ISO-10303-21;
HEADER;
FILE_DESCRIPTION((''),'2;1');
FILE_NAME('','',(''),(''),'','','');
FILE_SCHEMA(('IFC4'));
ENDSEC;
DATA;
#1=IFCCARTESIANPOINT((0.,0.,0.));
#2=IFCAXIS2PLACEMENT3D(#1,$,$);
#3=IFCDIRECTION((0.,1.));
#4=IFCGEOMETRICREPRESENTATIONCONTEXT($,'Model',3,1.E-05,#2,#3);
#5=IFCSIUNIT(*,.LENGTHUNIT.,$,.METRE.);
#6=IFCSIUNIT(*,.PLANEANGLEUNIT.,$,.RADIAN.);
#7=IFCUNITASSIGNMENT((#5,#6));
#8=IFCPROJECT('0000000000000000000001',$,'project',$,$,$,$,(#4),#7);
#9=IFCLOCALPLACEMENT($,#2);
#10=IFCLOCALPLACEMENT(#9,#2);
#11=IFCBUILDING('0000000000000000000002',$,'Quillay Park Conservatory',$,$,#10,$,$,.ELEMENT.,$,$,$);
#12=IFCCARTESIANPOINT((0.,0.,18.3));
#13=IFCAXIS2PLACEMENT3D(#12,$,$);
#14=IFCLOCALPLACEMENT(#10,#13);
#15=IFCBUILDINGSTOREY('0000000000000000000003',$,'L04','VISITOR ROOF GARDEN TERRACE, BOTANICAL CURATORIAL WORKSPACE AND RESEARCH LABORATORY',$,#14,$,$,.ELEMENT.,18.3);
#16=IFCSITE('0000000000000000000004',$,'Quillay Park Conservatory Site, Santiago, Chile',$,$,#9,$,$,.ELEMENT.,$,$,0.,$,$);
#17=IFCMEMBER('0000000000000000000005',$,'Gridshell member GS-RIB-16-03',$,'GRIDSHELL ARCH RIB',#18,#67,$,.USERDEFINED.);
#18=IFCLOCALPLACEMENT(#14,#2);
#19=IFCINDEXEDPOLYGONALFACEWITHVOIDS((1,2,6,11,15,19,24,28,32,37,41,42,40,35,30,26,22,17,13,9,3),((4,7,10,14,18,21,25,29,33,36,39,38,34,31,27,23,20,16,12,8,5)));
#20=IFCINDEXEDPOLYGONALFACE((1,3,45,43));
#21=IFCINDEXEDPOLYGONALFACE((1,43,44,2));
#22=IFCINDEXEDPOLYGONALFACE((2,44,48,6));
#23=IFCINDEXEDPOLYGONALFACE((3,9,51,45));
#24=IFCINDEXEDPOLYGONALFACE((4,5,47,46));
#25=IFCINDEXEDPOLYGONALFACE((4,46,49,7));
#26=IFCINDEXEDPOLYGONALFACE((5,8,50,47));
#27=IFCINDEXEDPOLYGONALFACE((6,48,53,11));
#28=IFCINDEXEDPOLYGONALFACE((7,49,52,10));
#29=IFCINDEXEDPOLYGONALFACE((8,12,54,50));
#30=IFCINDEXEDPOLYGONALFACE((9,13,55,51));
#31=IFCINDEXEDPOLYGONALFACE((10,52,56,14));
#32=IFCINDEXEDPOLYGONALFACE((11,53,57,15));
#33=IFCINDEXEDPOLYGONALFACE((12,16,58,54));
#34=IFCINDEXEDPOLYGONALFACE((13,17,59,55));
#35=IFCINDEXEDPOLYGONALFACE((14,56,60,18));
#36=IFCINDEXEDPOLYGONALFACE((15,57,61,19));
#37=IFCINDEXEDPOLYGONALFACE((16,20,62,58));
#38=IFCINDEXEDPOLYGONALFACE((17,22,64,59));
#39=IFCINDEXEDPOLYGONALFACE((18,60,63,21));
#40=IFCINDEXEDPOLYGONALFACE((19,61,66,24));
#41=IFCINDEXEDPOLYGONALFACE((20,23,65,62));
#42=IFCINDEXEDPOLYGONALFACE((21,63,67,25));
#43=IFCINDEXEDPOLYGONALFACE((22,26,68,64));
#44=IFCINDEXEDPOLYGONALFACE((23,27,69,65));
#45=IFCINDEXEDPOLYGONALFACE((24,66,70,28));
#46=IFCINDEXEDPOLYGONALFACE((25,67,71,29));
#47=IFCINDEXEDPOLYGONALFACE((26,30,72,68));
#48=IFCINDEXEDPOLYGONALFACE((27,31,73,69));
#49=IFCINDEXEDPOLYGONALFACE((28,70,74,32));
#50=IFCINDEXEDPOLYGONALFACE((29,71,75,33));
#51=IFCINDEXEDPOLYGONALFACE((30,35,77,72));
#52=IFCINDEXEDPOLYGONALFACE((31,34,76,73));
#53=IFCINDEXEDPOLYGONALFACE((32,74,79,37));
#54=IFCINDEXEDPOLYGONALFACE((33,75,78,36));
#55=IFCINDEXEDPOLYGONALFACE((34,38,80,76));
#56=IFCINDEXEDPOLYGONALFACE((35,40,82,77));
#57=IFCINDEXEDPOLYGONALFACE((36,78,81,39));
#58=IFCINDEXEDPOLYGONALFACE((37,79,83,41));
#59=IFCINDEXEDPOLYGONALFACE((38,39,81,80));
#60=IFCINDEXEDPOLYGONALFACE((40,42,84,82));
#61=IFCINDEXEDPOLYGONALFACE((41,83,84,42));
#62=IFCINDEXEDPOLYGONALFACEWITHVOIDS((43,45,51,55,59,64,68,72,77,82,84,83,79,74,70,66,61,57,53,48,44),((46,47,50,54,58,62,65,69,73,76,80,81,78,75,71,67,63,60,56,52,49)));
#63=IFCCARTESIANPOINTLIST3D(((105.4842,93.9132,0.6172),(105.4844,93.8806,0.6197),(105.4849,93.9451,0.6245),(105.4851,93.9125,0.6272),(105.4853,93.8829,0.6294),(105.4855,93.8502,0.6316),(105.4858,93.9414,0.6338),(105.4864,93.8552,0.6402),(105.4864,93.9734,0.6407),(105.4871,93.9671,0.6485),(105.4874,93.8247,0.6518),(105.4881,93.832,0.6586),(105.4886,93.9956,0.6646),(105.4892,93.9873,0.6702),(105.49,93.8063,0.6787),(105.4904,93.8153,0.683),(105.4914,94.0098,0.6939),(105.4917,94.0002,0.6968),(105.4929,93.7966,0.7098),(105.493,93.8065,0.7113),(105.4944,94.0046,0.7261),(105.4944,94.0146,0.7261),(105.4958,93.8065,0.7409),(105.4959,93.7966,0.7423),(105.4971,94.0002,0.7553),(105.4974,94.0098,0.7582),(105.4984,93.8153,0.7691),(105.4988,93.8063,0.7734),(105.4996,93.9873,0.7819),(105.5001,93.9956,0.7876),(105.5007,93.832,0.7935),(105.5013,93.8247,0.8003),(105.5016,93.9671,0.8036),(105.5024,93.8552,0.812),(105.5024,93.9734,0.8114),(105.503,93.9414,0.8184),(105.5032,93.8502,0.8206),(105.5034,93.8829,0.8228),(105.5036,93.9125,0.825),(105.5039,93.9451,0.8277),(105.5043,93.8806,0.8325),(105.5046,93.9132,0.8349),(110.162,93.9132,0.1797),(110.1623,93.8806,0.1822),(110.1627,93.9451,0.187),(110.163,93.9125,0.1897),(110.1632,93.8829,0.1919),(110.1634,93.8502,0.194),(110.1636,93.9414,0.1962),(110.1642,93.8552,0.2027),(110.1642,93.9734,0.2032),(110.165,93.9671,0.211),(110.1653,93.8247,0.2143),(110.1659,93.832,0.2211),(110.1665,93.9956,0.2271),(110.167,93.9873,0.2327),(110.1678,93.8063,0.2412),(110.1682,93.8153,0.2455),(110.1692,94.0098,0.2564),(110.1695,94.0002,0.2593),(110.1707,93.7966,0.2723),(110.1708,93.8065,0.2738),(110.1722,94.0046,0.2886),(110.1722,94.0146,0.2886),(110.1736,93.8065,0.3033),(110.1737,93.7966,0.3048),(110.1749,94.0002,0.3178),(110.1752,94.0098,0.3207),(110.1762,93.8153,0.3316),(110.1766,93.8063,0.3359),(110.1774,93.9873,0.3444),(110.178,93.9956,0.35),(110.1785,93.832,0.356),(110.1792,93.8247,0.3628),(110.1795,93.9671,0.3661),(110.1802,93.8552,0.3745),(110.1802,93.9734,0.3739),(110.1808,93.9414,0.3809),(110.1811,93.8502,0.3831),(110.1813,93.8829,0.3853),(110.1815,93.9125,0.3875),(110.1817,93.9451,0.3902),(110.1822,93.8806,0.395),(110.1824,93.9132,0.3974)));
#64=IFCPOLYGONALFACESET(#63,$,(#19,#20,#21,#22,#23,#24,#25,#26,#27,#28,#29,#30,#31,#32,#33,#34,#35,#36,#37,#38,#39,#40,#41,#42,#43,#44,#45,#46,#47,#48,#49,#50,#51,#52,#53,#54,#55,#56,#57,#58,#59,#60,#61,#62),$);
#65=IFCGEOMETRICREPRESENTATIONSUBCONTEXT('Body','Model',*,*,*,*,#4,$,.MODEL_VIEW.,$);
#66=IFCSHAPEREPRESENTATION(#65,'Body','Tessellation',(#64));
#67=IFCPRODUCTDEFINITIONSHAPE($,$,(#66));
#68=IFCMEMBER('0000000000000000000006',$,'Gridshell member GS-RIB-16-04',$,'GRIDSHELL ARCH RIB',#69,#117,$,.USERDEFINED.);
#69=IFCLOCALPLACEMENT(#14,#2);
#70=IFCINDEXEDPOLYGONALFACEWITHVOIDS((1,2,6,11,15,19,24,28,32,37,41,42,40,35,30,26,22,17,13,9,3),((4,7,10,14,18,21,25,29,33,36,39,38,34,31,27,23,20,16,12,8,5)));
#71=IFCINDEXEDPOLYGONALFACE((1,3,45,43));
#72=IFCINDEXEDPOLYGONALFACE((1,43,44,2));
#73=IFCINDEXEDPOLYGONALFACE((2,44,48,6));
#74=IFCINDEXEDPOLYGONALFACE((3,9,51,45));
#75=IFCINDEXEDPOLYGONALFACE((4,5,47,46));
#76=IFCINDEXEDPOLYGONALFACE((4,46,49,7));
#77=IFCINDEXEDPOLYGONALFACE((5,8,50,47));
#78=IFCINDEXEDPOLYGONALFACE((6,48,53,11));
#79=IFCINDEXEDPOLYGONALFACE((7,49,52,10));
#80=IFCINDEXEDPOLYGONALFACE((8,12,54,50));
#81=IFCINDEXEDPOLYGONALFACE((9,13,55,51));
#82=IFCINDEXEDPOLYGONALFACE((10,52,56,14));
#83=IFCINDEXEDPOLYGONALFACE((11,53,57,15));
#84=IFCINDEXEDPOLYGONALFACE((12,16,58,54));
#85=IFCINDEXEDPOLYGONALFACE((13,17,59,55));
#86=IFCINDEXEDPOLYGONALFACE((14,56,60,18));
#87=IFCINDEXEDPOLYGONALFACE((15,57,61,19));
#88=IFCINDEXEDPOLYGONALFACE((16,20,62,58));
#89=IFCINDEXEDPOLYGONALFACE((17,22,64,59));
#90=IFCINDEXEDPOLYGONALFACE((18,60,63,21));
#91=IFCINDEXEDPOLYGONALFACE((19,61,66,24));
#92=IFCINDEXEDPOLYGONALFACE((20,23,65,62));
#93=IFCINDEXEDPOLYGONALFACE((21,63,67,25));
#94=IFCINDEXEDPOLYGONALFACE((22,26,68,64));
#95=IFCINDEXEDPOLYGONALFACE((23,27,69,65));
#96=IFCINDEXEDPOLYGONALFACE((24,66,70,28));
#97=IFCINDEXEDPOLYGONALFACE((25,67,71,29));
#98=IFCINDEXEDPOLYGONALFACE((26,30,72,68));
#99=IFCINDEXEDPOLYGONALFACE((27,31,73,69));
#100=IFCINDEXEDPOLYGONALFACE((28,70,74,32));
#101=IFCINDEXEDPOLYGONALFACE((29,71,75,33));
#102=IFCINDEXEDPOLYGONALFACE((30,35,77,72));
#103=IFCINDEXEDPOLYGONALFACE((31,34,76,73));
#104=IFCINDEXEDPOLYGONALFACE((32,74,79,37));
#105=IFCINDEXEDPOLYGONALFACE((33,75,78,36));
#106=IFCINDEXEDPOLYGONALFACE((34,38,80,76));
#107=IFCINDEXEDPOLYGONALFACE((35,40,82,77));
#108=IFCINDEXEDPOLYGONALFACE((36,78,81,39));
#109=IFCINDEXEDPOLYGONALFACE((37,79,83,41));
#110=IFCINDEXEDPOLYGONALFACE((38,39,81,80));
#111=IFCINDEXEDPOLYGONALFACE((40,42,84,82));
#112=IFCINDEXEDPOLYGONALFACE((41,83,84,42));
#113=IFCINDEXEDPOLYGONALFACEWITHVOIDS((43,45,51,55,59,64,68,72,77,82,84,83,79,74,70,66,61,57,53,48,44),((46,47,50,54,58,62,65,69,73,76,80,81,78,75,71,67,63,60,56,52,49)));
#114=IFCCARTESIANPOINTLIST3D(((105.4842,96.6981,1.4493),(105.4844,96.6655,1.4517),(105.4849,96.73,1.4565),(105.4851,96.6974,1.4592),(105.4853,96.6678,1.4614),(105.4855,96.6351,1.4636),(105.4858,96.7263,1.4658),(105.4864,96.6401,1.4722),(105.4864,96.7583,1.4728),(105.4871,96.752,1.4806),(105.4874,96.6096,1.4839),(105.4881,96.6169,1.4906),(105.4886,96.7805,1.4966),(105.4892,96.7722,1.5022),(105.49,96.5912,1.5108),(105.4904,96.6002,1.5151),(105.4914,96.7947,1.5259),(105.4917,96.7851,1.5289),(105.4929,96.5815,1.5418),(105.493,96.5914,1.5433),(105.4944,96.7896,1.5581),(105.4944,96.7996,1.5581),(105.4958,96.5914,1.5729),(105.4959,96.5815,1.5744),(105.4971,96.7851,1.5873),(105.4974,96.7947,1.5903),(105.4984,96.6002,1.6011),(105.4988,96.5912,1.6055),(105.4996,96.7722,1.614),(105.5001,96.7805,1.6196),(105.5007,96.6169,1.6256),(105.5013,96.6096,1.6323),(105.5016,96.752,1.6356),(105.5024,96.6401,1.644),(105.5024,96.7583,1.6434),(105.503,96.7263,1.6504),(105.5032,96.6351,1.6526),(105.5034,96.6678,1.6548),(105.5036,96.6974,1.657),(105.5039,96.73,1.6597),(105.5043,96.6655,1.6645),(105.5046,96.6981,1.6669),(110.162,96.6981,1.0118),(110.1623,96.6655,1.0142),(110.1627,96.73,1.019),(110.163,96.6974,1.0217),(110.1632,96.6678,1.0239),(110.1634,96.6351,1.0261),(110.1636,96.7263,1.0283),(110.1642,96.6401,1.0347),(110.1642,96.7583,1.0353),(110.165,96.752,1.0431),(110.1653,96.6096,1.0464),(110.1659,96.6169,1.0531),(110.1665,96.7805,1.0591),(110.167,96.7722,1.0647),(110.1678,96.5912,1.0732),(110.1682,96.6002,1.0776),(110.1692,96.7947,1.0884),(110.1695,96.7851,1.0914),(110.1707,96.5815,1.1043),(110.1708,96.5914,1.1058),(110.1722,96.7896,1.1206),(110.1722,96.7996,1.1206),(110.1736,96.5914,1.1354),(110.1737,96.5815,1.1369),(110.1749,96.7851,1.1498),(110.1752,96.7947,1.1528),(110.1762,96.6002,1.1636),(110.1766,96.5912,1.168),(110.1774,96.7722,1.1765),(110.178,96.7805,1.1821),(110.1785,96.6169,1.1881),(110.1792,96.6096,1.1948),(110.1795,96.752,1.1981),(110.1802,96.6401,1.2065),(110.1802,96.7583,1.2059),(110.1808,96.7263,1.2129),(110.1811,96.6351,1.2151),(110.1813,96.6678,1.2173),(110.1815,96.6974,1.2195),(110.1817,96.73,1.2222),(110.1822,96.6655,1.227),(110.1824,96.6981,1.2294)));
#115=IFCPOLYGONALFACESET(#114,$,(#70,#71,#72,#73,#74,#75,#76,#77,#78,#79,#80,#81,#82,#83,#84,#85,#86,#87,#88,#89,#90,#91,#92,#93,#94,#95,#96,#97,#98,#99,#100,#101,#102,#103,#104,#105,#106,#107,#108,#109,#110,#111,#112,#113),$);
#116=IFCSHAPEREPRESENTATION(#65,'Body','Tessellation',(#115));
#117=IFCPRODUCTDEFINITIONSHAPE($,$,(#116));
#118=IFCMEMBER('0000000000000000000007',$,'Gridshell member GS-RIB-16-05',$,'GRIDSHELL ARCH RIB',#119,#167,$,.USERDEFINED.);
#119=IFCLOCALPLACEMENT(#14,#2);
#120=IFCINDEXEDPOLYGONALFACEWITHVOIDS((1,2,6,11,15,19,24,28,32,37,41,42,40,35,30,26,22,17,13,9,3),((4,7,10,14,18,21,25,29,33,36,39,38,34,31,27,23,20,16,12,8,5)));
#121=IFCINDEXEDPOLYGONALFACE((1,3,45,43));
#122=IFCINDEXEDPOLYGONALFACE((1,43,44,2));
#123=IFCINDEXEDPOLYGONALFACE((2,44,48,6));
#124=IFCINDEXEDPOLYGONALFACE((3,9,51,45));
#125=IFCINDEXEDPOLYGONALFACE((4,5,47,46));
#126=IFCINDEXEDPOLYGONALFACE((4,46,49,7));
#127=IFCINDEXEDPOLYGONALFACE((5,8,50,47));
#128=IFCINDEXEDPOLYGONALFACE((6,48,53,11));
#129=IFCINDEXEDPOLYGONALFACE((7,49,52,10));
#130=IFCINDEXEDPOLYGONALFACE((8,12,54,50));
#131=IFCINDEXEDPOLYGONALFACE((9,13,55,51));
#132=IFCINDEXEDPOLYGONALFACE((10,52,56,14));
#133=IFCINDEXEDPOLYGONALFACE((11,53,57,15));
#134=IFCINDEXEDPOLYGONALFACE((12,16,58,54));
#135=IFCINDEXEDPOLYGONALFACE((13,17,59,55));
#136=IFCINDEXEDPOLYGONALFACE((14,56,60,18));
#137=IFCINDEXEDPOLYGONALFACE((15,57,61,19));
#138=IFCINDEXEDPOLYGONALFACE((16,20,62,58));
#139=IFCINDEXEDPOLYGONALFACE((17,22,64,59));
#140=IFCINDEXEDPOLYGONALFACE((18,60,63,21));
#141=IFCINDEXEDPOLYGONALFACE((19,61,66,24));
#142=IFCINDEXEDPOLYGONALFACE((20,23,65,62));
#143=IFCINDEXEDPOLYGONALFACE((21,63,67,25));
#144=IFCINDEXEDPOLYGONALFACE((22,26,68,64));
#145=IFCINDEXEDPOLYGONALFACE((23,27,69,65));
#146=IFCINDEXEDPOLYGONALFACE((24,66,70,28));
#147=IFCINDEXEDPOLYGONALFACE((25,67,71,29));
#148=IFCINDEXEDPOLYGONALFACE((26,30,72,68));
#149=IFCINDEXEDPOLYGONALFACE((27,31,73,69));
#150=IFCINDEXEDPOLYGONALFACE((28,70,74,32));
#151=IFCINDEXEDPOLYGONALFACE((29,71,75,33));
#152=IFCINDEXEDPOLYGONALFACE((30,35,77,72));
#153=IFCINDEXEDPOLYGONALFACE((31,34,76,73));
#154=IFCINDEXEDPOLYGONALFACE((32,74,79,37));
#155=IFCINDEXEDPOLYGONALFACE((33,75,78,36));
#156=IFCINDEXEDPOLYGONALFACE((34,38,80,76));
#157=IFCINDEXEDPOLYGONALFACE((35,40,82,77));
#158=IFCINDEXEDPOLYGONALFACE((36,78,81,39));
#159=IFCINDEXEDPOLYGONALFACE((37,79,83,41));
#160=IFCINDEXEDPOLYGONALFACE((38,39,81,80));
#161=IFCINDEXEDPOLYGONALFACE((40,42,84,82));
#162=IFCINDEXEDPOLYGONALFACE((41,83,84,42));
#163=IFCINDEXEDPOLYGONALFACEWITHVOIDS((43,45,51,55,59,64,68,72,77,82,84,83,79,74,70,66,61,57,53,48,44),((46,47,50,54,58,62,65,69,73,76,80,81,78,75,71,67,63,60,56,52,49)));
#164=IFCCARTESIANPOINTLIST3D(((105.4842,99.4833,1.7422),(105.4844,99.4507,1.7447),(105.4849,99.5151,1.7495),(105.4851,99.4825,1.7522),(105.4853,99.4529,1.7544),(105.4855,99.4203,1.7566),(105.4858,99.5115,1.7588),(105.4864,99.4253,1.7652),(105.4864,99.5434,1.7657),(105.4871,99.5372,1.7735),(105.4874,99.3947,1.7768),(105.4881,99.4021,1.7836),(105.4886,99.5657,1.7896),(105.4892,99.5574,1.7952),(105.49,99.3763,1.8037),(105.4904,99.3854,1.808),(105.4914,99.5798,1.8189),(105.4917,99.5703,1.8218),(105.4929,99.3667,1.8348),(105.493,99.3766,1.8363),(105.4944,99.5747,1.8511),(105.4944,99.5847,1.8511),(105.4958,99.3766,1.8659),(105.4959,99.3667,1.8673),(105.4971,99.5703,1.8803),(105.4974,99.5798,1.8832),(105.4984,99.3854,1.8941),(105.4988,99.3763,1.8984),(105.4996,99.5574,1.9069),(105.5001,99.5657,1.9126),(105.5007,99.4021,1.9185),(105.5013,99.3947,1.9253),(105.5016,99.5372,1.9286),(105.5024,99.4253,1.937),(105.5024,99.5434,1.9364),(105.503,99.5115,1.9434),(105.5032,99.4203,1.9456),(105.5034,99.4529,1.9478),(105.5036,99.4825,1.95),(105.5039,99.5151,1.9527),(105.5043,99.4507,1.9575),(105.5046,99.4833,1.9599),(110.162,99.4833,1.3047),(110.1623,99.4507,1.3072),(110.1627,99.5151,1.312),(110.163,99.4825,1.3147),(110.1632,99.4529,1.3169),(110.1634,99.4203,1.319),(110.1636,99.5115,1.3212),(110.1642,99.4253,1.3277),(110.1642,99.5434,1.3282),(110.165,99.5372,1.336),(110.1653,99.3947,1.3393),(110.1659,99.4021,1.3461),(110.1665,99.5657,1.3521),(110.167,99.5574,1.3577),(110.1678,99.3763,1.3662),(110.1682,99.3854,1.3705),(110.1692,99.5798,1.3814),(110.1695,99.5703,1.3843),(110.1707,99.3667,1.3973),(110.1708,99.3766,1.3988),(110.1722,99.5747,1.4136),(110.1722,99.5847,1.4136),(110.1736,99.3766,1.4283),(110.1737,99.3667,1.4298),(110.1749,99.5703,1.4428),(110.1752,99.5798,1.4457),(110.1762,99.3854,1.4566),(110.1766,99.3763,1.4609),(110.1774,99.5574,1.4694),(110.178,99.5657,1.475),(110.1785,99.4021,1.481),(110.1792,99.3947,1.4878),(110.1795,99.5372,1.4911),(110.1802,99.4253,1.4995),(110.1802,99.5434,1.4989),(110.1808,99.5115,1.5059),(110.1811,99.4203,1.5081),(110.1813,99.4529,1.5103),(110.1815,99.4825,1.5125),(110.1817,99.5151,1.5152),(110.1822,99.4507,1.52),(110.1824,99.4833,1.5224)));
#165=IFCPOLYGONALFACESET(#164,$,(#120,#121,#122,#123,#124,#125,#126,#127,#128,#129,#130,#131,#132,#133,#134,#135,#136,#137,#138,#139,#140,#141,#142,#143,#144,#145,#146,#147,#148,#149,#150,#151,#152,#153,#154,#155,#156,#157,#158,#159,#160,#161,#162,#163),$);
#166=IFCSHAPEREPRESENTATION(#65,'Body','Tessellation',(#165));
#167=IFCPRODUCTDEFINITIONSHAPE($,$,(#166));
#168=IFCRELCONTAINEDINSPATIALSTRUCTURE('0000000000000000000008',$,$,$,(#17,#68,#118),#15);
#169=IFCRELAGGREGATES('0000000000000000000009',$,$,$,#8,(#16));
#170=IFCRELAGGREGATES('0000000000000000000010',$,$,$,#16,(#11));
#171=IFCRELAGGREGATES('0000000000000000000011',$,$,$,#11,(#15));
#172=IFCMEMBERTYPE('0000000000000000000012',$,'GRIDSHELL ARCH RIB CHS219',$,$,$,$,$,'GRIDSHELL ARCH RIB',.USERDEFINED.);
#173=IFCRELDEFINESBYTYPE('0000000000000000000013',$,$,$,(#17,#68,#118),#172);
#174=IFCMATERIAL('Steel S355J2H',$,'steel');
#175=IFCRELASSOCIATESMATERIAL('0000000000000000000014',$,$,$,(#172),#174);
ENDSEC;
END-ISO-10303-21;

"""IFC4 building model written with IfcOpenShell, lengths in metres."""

from ifc_helpers import new_model, si_unit, direction, frame, origin, origin_2d, place, context, subcontext, project, spatial, hollow_circle, extrude, material, material_profile, profile_set, type_object, element, save


model = new_model("IFC4")

# Units and contexts
model_context = context("Model", 3, precision=1e-05, world=origin(), true_north=direction((0.0, 1.0)))
body_context = subcontext(model_context, "Body", "Model", "MODEL_VIEW")
ifc_project = project(units=[si_unit("LENGTHUNIT", "METRE"), si_unit("PLANEANGLEUNIT", "RADIAN")], contexts=[model_context])

# Site, building, storey
site_placement = place(None, origin())
site = spatial("IfcSite", under=ifc_project, at=site_placement, Name="Quillay Park Conservatory Site, Santiago, Chile", CompositionType="ELEMENT", RefElevation=0.0)
building_placement = place(site_placement, origin())
building = spatial("IfcBuilding", under=site, at=building_placement, Name="Quillay Park Conservatory", CompositionType="ELEMENT")
storey_placement = place(building_placement, frame((0.0, 0.0, 18.3)))
storey = spatial("IfcBuildingStorey", under=building, at=storey_placement, Name="L04", Description="VISITOR ROOF GARDEN TERRACE, BOTANICAL CURATORIAL WORKSPACE AND RESEARCH LABORATORY", CompositionType="ELEMENT", Elevation=18.3)

# Members
ifc_material_1 = material(Name="Steel S355J2H", Category="steel")
ifc_material_profile_1 = material_profile(ifc_material_1, hollow_circle(Radius=0.1096, WallThickness=0.01, at=origin_2d()), Name="CHS219.1x10")
ifc_profile_set_1 = profile_set([ifc_material_profile_1], Name="Steel S355J2H")
member_type = type_object("IfcMemberType", Name="GRIDSHELL ARCH RIB CHS219", ElementType="GRIDSHELL ARCH RIB", PredefinedType="USERDEFINED", material=ifc_profile_set_1)
for number, where, z_axis, x_axis, name in (
    (1, (105.4944, 93.905, 0.7261), (0.995655, 0.0, -0.093122), (0.0, 1.0, 0.0), "Gridshell member GS-RIB-16-03"),
    (2, (105.4944, 96.6899, 1.5581), (0.995655, 0.0, -0.093122), (0.0, 1.0, 0.0), "Gridshell member GS-RIB-16-04"),
    (3, (105.4944, 99.4751, 1.8511), (0.995655, 0.0, -0.093122), (0.0, 1.0, 0.0), "Gridshell member GS-RIB-16-05"),
):
    element("IfcMember", number, at=place(storey_placement, frame(where, z_axis=z_axis, x_axis=x_axis)), inside=storey, type_object=member_type, Name=name, ObjectType="GRIDSHELL ARCH RIB", PredefinedType="USERDEFINED", context=body_context, shape_type="SweptSolid", body=[
        extrude(hollow_circle(Radius=0.1096, WallThickness=0.01, at=origin_2d()), origin(), (0.0, 0.0, 1.0), 4.6982),
    ])

save(model, "model.ifc")
